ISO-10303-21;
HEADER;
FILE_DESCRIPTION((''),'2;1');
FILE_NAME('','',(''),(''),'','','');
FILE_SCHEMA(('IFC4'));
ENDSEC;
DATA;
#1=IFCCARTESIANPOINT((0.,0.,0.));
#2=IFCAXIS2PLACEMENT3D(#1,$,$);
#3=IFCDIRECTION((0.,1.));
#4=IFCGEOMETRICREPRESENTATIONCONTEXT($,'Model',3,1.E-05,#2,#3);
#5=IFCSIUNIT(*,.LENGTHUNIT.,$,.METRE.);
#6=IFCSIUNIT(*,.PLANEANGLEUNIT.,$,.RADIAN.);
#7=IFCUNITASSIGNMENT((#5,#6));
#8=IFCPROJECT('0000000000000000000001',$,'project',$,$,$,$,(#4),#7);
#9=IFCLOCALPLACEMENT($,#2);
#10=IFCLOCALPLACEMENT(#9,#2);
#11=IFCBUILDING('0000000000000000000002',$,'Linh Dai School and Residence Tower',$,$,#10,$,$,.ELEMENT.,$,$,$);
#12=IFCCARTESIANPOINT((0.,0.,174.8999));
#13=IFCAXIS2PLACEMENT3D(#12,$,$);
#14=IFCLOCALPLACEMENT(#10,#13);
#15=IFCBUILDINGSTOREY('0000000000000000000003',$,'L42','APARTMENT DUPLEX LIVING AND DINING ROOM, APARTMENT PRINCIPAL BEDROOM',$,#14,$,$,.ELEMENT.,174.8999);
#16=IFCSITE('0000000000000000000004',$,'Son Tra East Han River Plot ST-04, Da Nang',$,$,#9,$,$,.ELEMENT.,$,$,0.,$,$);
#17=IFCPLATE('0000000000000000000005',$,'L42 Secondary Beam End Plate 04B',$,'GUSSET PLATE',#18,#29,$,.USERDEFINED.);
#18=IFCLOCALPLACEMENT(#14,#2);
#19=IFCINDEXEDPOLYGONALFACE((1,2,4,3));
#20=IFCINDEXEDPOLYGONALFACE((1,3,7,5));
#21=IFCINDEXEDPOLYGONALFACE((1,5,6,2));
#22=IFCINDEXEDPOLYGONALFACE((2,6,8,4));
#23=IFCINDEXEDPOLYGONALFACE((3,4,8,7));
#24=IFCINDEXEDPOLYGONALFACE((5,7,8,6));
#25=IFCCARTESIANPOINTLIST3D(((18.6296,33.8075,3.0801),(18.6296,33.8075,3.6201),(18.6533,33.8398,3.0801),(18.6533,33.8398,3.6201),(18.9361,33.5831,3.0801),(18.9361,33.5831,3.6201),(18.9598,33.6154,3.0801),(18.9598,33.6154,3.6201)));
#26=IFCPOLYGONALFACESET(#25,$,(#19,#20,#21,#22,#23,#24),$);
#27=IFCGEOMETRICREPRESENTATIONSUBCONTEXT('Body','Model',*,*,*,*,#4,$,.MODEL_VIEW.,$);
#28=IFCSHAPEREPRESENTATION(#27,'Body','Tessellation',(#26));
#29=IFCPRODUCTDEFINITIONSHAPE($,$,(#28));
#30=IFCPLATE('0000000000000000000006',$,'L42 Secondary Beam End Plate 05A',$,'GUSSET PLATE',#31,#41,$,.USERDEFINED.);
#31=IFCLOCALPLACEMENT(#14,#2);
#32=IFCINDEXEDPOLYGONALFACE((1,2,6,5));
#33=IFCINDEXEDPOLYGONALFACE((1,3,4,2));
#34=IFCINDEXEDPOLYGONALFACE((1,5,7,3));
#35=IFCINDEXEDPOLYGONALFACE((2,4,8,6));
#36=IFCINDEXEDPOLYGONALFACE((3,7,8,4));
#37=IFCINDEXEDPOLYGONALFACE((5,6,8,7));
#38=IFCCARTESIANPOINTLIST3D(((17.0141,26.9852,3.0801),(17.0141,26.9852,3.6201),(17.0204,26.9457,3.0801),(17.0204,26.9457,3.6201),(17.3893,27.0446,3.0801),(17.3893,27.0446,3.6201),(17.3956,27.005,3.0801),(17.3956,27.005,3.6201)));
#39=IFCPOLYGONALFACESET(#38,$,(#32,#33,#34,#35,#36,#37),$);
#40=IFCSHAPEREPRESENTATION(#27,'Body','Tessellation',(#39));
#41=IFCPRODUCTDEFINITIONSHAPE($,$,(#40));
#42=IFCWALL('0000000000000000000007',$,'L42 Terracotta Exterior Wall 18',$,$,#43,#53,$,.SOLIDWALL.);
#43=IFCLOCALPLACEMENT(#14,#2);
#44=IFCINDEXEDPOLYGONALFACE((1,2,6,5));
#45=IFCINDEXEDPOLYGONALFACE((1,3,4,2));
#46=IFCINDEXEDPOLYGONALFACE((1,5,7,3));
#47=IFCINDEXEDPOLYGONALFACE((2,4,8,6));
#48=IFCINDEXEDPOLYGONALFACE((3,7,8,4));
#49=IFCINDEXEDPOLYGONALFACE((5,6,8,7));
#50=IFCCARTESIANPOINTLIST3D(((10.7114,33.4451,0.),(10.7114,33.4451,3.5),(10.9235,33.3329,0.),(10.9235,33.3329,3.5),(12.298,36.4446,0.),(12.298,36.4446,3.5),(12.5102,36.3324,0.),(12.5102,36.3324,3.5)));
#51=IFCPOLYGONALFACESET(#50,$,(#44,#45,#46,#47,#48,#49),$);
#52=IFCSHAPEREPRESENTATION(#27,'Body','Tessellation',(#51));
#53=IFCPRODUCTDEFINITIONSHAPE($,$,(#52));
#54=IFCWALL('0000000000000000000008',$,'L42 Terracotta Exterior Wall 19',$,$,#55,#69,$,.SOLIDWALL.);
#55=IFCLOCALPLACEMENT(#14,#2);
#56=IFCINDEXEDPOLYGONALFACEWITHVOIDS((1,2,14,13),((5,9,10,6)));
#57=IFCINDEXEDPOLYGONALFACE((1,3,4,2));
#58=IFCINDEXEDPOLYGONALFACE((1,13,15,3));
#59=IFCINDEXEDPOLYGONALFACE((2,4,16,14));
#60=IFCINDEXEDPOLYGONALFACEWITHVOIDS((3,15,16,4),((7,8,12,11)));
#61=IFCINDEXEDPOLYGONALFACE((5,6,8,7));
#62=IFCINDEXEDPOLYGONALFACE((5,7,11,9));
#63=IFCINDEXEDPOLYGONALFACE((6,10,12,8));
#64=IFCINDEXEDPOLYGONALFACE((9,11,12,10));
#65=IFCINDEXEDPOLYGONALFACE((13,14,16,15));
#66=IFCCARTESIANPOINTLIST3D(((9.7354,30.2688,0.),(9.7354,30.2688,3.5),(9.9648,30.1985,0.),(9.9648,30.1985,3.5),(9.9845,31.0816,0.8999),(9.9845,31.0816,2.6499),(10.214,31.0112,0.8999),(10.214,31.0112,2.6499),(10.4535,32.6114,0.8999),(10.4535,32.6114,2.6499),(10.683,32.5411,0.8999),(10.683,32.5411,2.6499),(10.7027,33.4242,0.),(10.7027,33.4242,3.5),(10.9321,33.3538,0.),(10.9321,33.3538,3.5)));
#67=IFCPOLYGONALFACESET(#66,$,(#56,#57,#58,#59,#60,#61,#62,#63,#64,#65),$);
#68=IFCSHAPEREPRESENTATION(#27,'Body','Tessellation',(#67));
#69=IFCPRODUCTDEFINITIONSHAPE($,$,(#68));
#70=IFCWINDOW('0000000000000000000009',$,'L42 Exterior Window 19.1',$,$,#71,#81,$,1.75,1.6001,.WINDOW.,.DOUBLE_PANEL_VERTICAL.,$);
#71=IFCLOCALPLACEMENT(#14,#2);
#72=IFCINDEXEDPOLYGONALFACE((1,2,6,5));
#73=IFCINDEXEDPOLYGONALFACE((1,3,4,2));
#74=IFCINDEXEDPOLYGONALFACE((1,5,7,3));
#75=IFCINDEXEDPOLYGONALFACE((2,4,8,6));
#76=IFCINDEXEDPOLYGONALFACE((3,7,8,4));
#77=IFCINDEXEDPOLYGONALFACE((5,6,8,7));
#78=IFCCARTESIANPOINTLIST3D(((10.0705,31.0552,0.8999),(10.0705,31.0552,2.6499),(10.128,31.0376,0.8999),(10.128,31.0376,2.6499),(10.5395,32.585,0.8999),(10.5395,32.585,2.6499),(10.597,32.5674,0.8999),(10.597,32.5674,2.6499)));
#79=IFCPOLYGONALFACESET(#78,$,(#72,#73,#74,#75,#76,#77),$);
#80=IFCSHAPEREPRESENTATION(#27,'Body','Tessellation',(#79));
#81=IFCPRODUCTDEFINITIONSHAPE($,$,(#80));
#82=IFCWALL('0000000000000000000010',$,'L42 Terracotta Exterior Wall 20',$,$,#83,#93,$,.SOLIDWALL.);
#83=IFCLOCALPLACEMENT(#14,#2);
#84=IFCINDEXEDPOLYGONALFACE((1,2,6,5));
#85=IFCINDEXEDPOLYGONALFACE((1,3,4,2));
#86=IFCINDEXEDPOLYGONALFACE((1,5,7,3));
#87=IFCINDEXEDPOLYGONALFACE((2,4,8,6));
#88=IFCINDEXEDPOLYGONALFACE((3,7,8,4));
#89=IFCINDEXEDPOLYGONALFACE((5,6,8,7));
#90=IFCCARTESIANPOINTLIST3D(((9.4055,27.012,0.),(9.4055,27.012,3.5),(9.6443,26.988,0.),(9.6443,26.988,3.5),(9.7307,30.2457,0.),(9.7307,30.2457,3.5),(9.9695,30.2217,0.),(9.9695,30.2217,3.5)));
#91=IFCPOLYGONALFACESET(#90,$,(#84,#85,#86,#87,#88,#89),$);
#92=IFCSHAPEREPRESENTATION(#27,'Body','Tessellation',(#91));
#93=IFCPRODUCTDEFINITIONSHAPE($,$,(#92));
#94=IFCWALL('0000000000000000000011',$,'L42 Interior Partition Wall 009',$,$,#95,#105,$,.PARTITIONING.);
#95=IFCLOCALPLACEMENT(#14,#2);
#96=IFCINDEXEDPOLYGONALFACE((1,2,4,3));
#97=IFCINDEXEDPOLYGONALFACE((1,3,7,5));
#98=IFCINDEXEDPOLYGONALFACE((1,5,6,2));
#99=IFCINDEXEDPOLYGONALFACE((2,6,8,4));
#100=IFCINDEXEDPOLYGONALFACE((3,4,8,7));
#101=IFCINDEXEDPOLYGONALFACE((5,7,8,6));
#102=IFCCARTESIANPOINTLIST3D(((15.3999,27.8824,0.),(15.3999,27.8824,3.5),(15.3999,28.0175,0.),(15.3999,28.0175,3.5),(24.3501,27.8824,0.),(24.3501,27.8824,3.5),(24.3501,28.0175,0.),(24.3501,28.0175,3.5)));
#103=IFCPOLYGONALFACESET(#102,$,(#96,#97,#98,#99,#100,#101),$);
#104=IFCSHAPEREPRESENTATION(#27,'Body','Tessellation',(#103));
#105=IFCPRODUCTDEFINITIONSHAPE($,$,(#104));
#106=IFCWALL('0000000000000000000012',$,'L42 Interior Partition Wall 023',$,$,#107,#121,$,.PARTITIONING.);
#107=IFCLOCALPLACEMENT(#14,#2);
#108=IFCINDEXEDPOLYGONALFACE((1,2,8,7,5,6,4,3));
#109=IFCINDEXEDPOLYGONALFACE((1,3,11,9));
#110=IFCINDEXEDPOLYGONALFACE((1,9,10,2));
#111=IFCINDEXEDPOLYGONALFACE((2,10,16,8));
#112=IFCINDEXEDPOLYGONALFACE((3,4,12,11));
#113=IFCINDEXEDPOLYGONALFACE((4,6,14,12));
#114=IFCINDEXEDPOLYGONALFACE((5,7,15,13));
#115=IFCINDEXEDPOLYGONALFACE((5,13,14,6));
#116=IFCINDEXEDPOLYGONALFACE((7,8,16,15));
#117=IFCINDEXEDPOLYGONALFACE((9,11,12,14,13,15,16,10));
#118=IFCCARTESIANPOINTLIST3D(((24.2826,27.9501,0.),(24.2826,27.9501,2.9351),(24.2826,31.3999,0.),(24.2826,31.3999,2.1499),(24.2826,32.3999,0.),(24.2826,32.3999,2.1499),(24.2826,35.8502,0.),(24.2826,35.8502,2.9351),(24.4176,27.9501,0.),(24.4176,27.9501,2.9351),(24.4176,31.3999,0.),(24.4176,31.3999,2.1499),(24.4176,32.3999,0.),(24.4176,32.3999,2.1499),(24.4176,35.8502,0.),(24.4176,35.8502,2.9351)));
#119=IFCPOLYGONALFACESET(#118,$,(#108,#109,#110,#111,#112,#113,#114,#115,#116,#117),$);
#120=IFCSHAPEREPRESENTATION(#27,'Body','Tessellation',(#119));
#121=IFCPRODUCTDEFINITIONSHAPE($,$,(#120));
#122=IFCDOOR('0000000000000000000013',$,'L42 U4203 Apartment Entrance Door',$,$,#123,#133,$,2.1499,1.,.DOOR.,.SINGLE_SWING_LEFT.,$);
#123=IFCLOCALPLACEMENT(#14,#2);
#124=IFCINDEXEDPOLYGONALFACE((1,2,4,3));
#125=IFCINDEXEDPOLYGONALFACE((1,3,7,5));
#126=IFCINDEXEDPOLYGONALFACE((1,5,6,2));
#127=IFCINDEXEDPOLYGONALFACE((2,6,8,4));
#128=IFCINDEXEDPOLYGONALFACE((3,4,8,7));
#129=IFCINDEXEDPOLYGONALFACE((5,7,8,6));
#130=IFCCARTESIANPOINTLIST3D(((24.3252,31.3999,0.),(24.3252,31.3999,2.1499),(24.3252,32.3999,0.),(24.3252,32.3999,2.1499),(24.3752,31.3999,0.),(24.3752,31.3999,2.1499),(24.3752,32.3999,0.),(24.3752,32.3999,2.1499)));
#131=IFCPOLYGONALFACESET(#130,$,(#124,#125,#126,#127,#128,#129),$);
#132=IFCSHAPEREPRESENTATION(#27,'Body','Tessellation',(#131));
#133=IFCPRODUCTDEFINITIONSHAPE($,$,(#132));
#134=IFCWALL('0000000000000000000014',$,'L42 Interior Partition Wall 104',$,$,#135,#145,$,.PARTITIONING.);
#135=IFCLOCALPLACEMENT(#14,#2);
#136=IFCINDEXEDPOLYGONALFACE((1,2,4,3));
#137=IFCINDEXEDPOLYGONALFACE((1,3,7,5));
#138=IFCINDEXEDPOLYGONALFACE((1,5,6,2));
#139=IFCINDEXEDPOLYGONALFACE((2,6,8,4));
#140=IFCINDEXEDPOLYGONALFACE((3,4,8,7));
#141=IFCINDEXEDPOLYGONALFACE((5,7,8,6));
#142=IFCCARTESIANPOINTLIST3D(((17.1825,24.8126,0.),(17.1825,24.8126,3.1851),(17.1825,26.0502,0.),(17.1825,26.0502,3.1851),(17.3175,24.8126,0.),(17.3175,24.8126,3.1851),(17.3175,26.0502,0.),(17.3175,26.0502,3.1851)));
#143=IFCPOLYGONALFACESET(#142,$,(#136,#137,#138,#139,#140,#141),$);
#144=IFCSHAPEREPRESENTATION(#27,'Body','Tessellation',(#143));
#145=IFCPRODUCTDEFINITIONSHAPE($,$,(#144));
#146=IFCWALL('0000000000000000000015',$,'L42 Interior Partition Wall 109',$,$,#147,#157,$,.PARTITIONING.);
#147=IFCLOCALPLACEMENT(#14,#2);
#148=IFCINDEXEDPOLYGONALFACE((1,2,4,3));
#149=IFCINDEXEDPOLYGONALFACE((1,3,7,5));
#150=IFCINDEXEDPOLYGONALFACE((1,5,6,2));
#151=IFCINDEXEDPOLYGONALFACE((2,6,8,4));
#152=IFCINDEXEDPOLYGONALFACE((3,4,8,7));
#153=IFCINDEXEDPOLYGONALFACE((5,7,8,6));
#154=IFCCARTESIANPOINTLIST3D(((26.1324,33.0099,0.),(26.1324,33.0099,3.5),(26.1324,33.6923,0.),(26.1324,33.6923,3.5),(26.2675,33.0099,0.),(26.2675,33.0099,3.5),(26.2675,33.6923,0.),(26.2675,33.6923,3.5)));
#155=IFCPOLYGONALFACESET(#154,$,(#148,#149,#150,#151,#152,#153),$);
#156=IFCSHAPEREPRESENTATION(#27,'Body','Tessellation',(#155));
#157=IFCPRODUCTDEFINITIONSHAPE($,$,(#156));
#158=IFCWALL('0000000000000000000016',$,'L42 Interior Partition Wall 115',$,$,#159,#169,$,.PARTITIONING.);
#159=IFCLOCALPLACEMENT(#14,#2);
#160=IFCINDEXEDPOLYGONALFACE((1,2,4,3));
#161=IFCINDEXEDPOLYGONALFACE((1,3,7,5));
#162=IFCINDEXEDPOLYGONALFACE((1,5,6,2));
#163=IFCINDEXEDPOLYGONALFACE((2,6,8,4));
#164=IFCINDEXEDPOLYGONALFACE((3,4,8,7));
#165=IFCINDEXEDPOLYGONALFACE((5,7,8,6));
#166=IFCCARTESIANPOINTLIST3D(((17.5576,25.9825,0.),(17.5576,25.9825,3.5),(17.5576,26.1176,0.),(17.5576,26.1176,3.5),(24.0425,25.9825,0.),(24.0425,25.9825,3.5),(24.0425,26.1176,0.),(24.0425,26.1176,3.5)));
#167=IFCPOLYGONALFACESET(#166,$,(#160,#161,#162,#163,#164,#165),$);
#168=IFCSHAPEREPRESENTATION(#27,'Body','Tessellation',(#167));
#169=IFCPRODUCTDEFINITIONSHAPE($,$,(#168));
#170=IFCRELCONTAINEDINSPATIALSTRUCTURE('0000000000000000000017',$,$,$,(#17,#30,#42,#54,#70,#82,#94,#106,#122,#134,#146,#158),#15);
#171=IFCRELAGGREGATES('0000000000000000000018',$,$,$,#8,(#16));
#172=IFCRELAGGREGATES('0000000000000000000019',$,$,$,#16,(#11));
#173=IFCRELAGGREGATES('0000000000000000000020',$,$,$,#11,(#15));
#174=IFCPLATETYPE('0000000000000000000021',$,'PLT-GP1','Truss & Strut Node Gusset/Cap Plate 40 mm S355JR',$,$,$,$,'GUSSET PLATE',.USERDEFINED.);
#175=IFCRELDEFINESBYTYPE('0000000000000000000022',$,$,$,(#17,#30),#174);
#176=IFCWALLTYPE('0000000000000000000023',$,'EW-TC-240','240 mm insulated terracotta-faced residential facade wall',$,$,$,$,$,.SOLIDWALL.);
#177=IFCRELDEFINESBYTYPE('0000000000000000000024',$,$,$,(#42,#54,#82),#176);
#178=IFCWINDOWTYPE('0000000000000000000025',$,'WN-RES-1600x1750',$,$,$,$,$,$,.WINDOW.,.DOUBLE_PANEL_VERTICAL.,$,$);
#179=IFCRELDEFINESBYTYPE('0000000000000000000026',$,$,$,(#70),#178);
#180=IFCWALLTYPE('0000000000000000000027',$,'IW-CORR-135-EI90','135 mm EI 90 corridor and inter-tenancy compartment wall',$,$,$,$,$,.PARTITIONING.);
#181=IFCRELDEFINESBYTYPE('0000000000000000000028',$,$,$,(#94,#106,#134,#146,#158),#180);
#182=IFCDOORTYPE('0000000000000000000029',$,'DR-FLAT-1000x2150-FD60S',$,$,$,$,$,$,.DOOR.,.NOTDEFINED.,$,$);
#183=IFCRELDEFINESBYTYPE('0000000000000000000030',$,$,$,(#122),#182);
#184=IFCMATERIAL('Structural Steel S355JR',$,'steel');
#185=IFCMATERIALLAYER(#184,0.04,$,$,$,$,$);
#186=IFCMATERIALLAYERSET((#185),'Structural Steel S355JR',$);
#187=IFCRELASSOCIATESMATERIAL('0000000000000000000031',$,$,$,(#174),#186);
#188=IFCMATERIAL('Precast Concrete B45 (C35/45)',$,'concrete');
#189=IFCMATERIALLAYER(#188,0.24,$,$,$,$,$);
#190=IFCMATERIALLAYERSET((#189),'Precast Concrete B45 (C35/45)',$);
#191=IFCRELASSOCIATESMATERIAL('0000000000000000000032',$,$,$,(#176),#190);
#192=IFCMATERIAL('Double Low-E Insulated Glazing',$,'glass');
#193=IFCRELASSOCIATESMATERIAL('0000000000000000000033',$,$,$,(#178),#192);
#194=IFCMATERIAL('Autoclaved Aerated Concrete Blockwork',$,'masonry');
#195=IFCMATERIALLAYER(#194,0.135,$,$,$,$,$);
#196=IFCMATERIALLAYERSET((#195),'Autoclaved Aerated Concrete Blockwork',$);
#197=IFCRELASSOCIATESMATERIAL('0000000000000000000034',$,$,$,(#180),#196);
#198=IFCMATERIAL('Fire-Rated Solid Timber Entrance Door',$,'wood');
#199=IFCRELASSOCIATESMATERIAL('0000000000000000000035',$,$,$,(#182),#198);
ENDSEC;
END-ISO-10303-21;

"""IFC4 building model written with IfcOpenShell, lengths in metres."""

from ifc_helpers import new_model, si_unit, direction, frame, frame_2d, origin, origin_2d, place, context, subcontext, project, spatial, rectangle, extrude, source, transform, mapped, material, layer, layer_set, type_object, element, fill, save


model = new_model("IFC4")

# Units and contexts
model_context = context("Model", 3, precision=1e-05, world=origin(), true_north=direction((0.0, 1.0)))
body_context = subcontext(model_context, "Body", "Model", "MODEL_VIEW")
ifc_project = project(units=[si_unit("LENGTHUNIT", "METRE"), si_unit("PLANEANGLEUNIT", "RADIAN")], contexts=[model_context])

# Site, building, storey
site_placement = place(None, origin())
site = spatial("IfcSite", under=ifc_project, at=site_placement, Name="Son Tra East Han River Plot ST-04, Da Nang", CompositionType="ELEMENT", RefElevation=0.0)
building_placement = place(site_placement, origin())
building = spatial("IfcBuilding", under=site, at=building_placement, Name="Linh Dai School and Residence Tower", CompositionType="ELEMENT")
storey_placement = place(building_placement, frame((0.0, 0.0, 174.8999)))
storey = spatial("IfcBuildingStorey", under=building, at=storey_placement, Name="L42", Description="APARTMENT DUPLEX LIVING AND DINING ROOM, APARTMENT PRINCIPAL BEDROOM", CompositionType="ELEMENT", Elevation=174.8999)

# Shared definitions
ifc_material_1 = material(Name="Structural Steel S355JR", Category="steel")

# Plates
ifc_layer_1 = layer(ifc_material_1, 0.04)
ifc_layer_set_1 = layer_set([ifc_layer_1], Name="Structural Steel S355JR")
plate_type = type_object("IfcPlateType", Name="PLT-GP1", Description="Truss & Strut Node Gusset/Cap Plate 40 mm S355JR", ElementType="GUSSET PLATE", PredefinedType="USERDEFINED", material=ifc_layer_set_1)
shared_shape_1 = source(origin(), body_context, "Body", "SweptSolid", [
    extrude(rectangle(XDim=0.04, YDim=0.3799, at=origin_2d()), origin(), (0.0, 0.0, 1.0), 0.54),
])
for number, where, z_axis, x_axis, name in (
    (1, (18.7947, 33.7114, 3.0801), (0.0, 0.0, 1.0), (-0.590797, -0.80682, 0.0), "L42 Secondary Beam End Plate 04B"),
    (2, (17.2048, 26.9951, 3.0801), (0.0, 0.0, 1.0), (0.156309, -0.987708, 0.0), "L42 Secondary Beam End Plate 05A"),
):
    element("IfcPlate", number, at=place(storey_placement, frame(where, z_axis=z_axis, x_axis=x_axis)), inside=storey, type_object=plate_type, Name=name, ObjectType="GUSSET PLATE", PredefinedType="USERDEFINED", context=body_context, shape_type="MappedRepresentation", body=[
        mapped(shared_shape_1, transform((0.0, 0.0, 0.0), x_axis=(1.0, 0.0, 0.0), y_axis=(0.0, 1.0, 0.0), z_axis=(0.0, 0.0, 1.0), scale=1.0)),
    ])

# Wall
ifc_material_2 = material(Name="Precast Concrete B45 (C35/45)", Category="concrete")
ifc_layer_2 = layer(ifc_material_2, 0.24)
ifc_layer_set_2 = layer_set([ifc_layer_2], Name="Precast Concrete B45 (C35/45)")
wall_type_1 = type_object("IfcWallType", Name="EW-TC-240", Description="240 mm insulated terracotta-faced residential facade wall", PredefinedType="SOLIDWALL", material=ifc_layer_set_2)
wall_1_placement = place(storey_placement, frame((10.8174, 33.3889, 0.0), z_axis=(0.0, 0.0, 1.0), x_axis=(0.467587, 0.883947, 0.0)))
element("IfcWall", 3, at=wall_1_placement, inside=storey, type_object=wall_type_1, Name="L42 Terracotta Exterior Wall 18", PredefinedType="SOLIDWALL", context=body_context, shape_type="SweptSolid", body=[
    extrude(rectangle(XDim=3.3933, YDim=0.24, at=frame_2d((1.6968, 0.0))), origin(), (0.0, 0.0, 1.0), 3.5),
])

# Wall, opening, window
wall_2_placement = place(storey_placement, frame((9.8501, 30.2336, 0.0), z_axis=(0.0, 0.0, 1.0), x_axis=(0.293098, 0.956082, 0.0)))
wall_2 = element("IfcWall", 4, at=wall_2_placement, inside=storey, type_object=wall_type_1, Name="L42 Terracotta Exterior Wall 19", PredefinedType="SOLIDWALL", context=body_context, shape_type="SweptSolid", body=[
    extrude(rectangle(XDim=3.3003, YDim=0.24, at=frame_2d((1.6501, 0.0))), origin(), (0.0, 0.0, 1.0), 3.5),
])
opening_1_placement = place(wall_2_placement, frame((0.8501, 0.0, 0.8999)))
opening_1 = element("IfcOpeningElement", 5, at=opening_1_placement, cuts=wall_2, PredefinedType="OPENING", context=body_context, shape_type="SweptSolid", body=[
    extrude(rectangle(XDim=1.6001, YDim=1.75, at=origin_2d()), frame((0.8, 0.1299, 0.875), z_axis=(0.0, -1.0, 0.0), x_axis=(1.0, 0.0, 0.0)), (0.0, 0.0, 1.0), 0.26),
])
ifc_material_3 = material(Name="Double Low-E Insulated Glazing", Category="glass")
window_type = type_object("IfcWindowType", Name="WN-RES-1600x1750", PartitioningType="DOUBLE_PANEL_VERTICAL", PredefinedType="WINDOW", material=ifc_material_3)
shared_shape_2 = source(origin(), body_context, "Body", "SweptSolid", [
    extrude(rectangle(XDim=1.6001, YDim=1.75, at=origin_2d()), frame((0.8, 0.03, 0.875), z_axis=(0.0, -1.0, 0.0), x_axis=(1.0, 0.0, 0.0)), (0.0, 0.0, 1.0), 0.0601),
])
window_placement = place(opening_1_placement, origin())
window = element("IfcWindow", 6, at=window_placement, inside=storey, type_object=window_type, Name="L42 Exterior Window 19.1", OverallHeight=1.75, OverallWidth=1.6001, PartitioningType="DOUBLE_PANEL_VERTICAL", PredefinedType="WINDOW", context=body_context, shape_type="MappedRepresentation", body=[
    mapped(shared_shape_2, transform((0.0, 0.0, 0.0), x_axis=(1.0, 0.0, 0.0), y_axis=(0.0, 1.0, 0.0), z_axis=(0.0, 0.0, 1.0), scale=1.0)),
])
fill(opening_1, window)

# Walls
wall_3_placement = place(storey_placement, frame((9.5249, 27.0, 0.0), z_axis=(0.0, 0.0, 1.0), x_axis=(0.100062, 0.994981, 0.0)))
element("IfcWall", 7, at=wall_3_placement, inside=storey, type_object=wall_type_1, Name="L42 Terracotta Exterior Wall 20", PredefinedType="SOLIDWALL", context=body_context, shape_type="SweptSolid", body=[
    extrude(rectangle(XDim=3.25, YDim=0.24, at=frame_2d((1.625, 0.0))), origin(), (0.0, 0.0, 1.0), 3.5),
])
ifc_material_4 = material(Name="Autoclaved Aerated Concrete Blockwork", Category="masonry")
ifc_layer_3 = layer(ifc_material_4, 0.135)
ifc_layer_set_3 = layer_set([ifc_layer_3], Name="Autoclaved Aerated Concrete Blockwork")
wall_type_2 = type_object("IfcWallType", Name="IW-CORR-135-EI90", Description="135 mm EI 90 corridor and inter-tenancy compartment wall", PredefinedType="PARTITIONING", material=ifc_layer_set_3)
wall_4_placement = place(storey_placement, frame((15.3999, 27.95, 0.0), z_axis=(0.0, 0.0, 1.0), x_axis=(1.0, 0.0, 0.0)))
element("IfcWall", 8, at=wall_4_placement, inside=storey, type_object=wall_type_2, Name="L42 Interior Partition Wall 009", PredefinedType="PARTITIONING", context=body_context, shape_type="SweptSolid", body=[
    extrude(rectangle(XDim=8.9502, YDim=0.135, at=frame_2d((4.4751, 0.0))), origin(), (0.0, 0.0, 1.0), 3.5),
])

# Wall, opening, door
wall_5_placement = place(storey_placement, frame((24.3501, 27.95, 0.0), z_axis=(0.0, 0.0, 1.0), x_axis=(0.0, 1.0, 0.0)))
wall_5 = element("IfcWall", 9, at=wall_5_placement, inside=storey, type_object=wall_type_2, Name="L42 Interior Partition Wall 023", PredefinedType="PARTITIONING", context=body_context, shape_type="SweptSolid", body=[
    extrude(rectangle(XDim=7.9001, YDim=0.135, at=frame_2d((3.9502, 0.0))), origin(), (0.0, 0.0, 1.0), 2.9351),
])
opening_2_placement = place(wall_5_placement, frame((3.45, 0.0, 0.0)))
opening_2 = element("IfcOpeningElement", 10, at=opening_2_placement, cuts=wall_5, PredefinedType="OPENING", context=body_context, shape_type="SweptSolid", body=[
    extrude(rectangle(XDim=1.0, YDim=2.1499, at=origin_2d()), frame((0.5, 0.0776, 1.075), z_axis=(0.0, -1.0, 0.0), x_axis=(1.0, 0.0, 0.0)), (0.0, 0.0, 1.0), 0.155),
])
ifc_material_5 = material(Name="Fire-Rated Solid Timber Entrance Door", Category="wood")
door_type_1 = type_object("IfcDoorType", Name="DR-FLAT-1000x2150-FD60S", OperationType="NOTDEFINED", PredefinedType="DOOR", material=ifc_material_5)
shared_shape_3 = source(origin(), body_context, "Body", "SweptSolid", [
    extrude(rectangle(XDim=1.0, YDim=2.1499, at=origin_2d()), frame((0.5, 0.0249, 1.075), z_axis=(0.0, -1.0, 0.0), x_axis=(1.0, 0.0, 0.0)), (0.0, 0.0, 1.0), 0.05),
])
door_1_placement = place(opening_2_placement, origin())
door_1 = element("IfcDoor", 11, at=door_1_placement, inside=storey, type_object=door_type_1, Name="L42 U4203 Apartment Entrance Door", OperationType="SINGLE_SWING_LEFT", OverallHeight=2.1499, OverallWidth=1.0, PredefinedType="DOOR", context=body_context, shape_type="MappedRepresentation", body=[
    mapped(shared_shape_3, transform((0.0, 0.0, 0.0), x_axis=(1.0, 0.0, 0.0), y_axis=(0.0, 1.0, 0.0), z_axis=(0.0, 0.0, 1.0), scale=1.0)),
])
fill(opening_2, door_1)

# Walls
wall_6_placement = place(storey_placement, frame((17.25, 26.05, 0.0), z_axis=(0.0, 0.0, 1.0), x_axis=(0.0, -1.0, 0.0)))
element("IfcWall", 12, at=wall_6_placement, inside=storey, type_object=wall_type_2, Name="L42 Interior Partition Wall 104", PredefinedType="PARTITIONING", context=body_context, shape_type="SweptSolid", body=[
    extrude(rectangle(XDim=1.2375, YDim=0.135, at=frame_2d((0.6187, 0.0))), origin(), (0.0, 0.0, 1.0), 3.1851),
])
wall_7_placement = place(storey_placement, frame((26.2, 33.6924, 0.0), z_axis=(0.0, 0.0, 1.0), x_axis=(0.0, -1.0, 0.0)))
element("IfcWall", 13, at=wall_7_placement, inside=storey, type_object=wall_type_2, Name="L42 Interior Partition Wall 109", PredefinedType="PARTITIONING", context=body_context, shape_type="SweptSolid", body=[
    extrude(rectangle(XDim=0.6824, YDim=0.135, at=frame_2d((0.3413, 0.0))), origin(), (0.0, 0.0, 1.0), 3.5),
])
wall_8_placement = place(storey_placement, frame((24.0425, 26.05, 0.0), z_axis=(0.0, 0.0, 1.0), x_axis=(-1.0, 0.0, 0.0)))
element("IfcWall", 14, at=wall_8_placement, inside=storey, type_object=wall_type_2, Name="L42 Interior Partition Wall 115", PredefinedType="PARTITIONING", context=body_context, shape_type="SweptSolid", body=[
    extrude(rectangle(XDim=6.4849, YDim=0.135, at=frame_2d((3.2424, 0.0))), origin(), (0.0, 0.0, 1.0), 3.5),
])

save(model, "model.ifc")
